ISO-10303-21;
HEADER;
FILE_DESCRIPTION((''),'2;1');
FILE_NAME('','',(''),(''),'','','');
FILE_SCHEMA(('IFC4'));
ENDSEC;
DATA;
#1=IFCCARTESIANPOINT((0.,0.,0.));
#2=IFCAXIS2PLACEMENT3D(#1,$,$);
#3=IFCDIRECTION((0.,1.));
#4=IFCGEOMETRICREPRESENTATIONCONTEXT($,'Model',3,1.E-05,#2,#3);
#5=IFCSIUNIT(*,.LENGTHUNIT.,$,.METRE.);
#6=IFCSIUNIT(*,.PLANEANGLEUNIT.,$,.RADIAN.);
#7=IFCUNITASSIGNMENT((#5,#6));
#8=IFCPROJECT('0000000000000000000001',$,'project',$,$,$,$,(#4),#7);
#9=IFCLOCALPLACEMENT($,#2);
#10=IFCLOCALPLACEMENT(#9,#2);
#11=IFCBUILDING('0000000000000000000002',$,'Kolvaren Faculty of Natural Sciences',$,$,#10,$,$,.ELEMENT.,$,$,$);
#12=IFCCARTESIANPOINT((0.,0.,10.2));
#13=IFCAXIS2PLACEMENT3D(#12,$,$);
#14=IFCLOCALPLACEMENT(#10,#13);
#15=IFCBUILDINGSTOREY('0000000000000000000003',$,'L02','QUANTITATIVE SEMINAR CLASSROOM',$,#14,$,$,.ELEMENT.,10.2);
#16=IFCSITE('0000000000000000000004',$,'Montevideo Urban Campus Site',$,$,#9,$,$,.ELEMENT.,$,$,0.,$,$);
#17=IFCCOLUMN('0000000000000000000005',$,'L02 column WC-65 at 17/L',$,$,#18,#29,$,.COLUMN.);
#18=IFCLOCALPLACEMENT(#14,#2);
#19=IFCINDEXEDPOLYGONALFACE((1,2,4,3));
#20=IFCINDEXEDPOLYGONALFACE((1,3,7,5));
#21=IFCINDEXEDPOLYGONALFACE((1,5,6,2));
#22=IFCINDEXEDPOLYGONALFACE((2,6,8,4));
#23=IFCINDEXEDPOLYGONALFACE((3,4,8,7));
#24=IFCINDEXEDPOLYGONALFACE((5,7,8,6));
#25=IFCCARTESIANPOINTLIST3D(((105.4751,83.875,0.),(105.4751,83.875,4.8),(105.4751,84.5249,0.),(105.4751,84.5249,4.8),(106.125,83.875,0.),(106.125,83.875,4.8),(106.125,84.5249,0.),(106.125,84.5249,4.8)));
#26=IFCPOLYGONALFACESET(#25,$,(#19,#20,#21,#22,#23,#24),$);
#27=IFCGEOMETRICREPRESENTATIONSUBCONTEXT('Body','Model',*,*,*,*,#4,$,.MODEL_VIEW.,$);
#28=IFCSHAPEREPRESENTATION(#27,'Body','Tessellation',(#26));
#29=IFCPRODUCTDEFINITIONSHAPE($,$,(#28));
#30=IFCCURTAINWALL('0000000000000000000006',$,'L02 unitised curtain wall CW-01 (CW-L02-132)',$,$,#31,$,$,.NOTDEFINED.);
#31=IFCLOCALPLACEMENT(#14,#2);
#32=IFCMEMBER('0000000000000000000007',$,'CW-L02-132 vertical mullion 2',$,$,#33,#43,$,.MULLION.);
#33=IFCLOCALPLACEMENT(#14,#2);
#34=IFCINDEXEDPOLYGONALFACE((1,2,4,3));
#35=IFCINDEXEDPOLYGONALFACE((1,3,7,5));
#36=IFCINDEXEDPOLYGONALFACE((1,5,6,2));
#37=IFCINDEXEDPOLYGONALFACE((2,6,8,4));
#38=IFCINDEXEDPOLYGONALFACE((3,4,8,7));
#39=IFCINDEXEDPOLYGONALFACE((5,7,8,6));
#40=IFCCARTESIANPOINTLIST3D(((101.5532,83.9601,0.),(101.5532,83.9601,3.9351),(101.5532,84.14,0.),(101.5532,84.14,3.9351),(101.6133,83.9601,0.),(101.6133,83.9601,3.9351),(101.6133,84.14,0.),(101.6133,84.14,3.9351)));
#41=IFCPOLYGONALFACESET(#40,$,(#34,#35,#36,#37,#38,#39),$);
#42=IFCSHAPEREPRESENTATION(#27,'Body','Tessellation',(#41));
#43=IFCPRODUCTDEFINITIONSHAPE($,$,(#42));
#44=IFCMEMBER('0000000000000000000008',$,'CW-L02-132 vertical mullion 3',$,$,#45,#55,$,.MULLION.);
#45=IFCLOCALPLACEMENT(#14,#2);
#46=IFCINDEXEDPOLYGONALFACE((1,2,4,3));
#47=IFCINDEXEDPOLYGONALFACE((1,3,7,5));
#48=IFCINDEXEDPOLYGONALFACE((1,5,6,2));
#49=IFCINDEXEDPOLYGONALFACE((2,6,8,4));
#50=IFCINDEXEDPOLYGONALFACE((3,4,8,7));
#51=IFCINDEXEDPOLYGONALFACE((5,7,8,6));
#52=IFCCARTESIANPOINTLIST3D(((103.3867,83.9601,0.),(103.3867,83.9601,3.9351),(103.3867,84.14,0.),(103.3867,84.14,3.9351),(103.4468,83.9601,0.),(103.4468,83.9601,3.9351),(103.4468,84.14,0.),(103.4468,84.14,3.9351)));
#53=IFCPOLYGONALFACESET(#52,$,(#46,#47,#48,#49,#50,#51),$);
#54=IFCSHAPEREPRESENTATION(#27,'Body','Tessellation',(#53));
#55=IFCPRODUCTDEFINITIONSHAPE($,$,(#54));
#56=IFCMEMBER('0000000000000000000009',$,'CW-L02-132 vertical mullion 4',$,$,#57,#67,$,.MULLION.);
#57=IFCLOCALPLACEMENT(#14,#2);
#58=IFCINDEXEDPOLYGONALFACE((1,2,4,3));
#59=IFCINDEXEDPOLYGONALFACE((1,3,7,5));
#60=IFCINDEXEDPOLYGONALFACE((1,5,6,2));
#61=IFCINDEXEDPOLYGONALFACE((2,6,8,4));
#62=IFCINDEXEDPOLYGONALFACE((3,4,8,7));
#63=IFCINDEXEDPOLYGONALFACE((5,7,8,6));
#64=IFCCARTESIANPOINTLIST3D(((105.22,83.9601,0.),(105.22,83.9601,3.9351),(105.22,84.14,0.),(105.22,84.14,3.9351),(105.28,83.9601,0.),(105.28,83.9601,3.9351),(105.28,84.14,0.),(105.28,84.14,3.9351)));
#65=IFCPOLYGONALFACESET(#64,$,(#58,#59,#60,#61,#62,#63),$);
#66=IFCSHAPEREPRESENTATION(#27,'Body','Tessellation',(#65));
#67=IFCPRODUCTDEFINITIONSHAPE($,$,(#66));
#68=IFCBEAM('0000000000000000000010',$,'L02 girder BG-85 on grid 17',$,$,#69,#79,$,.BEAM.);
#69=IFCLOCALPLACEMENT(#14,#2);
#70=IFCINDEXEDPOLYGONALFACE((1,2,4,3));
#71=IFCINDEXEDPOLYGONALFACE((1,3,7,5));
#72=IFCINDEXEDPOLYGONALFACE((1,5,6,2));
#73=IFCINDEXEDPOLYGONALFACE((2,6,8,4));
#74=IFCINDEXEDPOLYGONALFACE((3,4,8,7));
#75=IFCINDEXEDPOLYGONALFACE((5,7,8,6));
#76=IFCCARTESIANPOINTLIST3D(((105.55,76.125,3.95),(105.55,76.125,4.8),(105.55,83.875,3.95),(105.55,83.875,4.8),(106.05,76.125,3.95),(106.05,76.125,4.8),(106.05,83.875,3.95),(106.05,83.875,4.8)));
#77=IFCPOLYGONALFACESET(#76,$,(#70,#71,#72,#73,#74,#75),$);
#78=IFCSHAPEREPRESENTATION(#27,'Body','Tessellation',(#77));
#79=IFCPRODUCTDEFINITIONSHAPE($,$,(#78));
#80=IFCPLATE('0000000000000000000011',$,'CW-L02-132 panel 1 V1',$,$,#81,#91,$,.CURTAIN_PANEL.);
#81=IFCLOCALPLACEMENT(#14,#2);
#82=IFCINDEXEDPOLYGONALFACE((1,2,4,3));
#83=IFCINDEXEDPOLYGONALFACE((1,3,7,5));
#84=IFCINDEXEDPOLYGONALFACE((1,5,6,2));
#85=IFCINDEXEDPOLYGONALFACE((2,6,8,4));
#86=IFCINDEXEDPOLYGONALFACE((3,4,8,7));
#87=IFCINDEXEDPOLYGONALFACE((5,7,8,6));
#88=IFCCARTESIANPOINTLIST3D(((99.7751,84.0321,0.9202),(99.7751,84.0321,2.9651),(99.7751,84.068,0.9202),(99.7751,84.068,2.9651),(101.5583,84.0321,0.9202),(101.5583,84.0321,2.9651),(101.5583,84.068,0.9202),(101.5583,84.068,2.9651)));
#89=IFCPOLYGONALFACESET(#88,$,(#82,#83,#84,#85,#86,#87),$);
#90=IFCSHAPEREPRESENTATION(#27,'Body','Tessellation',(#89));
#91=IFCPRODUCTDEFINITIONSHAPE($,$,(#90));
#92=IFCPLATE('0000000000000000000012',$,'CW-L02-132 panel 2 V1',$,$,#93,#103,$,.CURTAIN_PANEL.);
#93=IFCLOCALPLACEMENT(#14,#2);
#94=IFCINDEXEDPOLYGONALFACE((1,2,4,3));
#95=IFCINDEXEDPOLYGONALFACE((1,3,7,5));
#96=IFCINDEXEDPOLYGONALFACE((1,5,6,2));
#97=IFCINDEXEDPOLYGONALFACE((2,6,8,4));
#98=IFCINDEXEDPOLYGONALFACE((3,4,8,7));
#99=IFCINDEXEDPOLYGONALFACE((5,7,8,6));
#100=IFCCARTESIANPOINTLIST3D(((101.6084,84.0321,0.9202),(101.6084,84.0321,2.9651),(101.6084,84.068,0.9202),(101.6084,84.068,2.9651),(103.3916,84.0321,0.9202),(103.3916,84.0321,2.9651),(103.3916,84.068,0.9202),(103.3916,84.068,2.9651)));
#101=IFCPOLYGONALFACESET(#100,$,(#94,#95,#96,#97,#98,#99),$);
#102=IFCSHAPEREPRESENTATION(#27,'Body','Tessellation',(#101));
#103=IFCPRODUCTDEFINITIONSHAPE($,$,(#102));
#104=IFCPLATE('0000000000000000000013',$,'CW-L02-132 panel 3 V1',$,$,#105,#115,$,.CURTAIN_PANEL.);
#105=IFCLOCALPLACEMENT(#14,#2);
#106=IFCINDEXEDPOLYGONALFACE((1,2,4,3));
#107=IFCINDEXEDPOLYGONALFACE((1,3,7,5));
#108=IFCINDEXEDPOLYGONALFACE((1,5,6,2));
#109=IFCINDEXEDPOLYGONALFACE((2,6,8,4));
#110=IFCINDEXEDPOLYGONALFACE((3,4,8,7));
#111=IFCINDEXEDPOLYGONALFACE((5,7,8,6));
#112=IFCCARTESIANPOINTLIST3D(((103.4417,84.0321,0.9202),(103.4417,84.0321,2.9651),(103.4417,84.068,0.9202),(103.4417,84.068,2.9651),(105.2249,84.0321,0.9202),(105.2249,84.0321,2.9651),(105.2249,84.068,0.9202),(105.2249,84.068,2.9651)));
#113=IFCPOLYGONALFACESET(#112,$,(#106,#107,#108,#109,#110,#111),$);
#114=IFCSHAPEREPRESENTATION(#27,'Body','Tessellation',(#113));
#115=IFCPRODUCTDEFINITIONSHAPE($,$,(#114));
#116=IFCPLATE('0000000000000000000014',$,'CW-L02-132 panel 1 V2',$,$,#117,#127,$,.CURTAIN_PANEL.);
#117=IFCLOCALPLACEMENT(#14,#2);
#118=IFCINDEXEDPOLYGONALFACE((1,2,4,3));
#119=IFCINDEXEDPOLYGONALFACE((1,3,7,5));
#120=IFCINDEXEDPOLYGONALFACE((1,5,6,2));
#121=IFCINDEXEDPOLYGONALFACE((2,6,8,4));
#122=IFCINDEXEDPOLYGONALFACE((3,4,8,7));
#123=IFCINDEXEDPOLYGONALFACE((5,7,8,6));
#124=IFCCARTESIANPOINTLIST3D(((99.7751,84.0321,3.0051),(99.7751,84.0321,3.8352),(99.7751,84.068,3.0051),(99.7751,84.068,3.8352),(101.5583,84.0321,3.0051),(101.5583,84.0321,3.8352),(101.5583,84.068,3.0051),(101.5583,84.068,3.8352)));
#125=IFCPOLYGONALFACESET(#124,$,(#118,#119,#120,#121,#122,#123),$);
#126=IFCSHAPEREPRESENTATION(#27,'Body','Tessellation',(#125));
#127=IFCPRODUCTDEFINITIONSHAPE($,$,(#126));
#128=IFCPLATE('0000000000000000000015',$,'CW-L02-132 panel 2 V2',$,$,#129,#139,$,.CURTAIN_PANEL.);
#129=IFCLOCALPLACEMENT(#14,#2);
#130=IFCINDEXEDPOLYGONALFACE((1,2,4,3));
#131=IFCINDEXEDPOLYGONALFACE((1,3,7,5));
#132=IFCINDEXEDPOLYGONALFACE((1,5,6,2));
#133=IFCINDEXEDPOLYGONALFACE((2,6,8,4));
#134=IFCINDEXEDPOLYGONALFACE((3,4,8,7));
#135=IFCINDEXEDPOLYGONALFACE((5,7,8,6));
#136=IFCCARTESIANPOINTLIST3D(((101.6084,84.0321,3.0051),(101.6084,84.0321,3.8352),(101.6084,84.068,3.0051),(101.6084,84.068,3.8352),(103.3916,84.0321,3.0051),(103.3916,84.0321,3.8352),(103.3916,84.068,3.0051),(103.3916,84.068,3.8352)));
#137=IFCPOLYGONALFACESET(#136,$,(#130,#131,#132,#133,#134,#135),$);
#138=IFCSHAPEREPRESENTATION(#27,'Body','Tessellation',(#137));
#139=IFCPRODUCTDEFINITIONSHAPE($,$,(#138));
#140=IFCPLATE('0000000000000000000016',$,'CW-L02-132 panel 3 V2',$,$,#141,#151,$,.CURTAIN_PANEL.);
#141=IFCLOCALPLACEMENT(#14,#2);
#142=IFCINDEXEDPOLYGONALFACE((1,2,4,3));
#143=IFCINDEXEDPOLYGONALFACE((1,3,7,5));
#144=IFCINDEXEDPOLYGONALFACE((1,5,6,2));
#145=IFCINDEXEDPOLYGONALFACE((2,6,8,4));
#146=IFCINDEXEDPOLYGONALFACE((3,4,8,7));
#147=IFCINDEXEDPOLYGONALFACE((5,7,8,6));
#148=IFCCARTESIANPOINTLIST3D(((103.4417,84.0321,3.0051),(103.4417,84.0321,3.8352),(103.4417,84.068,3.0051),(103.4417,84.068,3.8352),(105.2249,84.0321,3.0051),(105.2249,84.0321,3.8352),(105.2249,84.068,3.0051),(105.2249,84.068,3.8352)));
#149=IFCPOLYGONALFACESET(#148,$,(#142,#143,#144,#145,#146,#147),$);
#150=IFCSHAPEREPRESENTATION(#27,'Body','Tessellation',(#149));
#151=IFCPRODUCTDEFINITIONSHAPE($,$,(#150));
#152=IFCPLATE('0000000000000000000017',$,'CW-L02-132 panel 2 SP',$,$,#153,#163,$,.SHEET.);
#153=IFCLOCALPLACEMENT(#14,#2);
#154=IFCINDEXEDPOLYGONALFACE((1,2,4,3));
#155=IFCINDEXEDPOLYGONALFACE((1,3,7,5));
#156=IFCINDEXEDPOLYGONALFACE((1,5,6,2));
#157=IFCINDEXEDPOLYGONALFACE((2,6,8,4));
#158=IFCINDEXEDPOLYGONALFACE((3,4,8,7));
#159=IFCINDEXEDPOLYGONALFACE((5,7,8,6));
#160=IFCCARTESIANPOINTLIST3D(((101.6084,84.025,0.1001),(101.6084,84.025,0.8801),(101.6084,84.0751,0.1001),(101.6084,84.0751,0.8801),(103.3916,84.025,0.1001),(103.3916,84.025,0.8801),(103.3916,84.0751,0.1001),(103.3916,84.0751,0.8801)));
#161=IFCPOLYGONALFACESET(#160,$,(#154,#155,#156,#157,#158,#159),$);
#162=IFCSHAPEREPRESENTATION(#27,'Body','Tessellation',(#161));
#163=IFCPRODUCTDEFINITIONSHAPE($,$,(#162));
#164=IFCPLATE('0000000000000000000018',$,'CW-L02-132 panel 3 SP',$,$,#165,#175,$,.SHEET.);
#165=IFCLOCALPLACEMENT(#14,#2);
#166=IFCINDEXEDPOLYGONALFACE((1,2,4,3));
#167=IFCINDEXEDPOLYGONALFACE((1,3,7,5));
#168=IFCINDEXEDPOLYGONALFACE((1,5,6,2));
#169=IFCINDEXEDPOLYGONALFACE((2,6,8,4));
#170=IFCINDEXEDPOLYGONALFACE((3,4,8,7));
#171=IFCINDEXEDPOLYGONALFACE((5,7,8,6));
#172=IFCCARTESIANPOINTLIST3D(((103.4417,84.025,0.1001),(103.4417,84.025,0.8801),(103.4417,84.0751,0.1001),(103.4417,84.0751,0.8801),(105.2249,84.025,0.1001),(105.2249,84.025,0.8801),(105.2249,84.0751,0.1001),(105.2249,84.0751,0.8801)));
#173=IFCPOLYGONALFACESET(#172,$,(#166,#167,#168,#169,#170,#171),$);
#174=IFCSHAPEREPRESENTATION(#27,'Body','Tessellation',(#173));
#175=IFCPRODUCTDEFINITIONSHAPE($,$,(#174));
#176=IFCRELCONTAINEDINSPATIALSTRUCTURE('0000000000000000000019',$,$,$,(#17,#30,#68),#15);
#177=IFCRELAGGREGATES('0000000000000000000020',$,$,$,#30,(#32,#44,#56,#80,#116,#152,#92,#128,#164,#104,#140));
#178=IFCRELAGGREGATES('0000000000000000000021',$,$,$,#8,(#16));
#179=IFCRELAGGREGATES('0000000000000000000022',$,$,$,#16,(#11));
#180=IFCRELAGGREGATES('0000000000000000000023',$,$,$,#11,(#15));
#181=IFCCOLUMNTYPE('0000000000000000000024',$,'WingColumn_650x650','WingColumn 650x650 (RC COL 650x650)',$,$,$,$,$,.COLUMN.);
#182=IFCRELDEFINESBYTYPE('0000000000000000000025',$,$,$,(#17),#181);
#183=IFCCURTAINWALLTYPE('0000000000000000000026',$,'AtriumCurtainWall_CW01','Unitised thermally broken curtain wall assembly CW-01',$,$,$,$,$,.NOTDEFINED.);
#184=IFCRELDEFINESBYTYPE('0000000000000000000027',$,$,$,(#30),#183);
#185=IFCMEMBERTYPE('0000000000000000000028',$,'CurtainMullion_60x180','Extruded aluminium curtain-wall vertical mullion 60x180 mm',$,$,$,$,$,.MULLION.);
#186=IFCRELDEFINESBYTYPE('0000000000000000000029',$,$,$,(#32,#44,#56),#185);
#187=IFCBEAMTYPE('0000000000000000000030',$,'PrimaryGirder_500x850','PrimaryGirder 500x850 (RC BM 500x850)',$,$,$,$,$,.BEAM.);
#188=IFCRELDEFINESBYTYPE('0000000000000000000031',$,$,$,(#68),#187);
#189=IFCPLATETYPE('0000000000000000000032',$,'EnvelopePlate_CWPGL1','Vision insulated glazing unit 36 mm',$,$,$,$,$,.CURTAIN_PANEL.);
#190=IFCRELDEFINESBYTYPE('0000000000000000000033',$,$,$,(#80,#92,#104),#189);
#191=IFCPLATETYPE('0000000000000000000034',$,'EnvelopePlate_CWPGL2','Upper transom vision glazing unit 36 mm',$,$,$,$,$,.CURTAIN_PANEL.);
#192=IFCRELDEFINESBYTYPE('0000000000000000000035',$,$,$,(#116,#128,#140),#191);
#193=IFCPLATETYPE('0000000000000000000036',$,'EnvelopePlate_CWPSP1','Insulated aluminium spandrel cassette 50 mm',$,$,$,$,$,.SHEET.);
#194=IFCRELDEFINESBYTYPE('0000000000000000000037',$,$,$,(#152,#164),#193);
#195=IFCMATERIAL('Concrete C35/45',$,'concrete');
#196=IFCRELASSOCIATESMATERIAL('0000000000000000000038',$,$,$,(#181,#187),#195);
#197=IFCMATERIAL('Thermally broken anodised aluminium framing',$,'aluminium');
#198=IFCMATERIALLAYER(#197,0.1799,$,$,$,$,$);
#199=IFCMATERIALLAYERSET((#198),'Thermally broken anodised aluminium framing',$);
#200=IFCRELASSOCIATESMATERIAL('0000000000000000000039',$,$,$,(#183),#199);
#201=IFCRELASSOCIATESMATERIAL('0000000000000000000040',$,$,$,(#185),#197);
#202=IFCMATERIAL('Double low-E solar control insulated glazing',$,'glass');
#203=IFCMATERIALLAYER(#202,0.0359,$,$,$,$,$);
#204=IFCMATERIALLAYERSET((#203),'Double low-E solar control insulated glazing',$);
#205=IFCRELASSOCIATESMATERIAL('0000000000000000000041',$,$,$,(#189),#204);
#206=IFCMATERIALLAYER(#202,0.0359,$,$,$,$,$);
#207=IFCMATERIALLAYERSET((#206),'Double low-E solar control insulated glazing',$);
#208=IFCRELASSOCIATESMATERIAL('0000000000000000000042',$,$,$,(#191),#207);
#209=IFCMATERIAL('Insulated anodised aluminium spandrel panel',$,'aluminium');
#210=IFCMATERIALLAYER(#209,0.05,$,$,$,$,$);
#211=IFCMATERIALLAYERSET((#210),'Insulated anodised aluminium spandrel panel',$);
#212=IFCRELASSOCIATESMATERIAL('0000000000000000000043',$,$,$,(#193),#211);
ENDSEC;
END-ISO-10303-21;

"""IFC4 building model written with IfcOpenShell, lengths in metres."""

from ifc_helpers import new_model, si_unit, direction, frame, origin, origin_2d, place, context, subcontext, project, spatial, rectangle, extrude, material, layer, layer_set, material_profile, profile_set, type_object, element, aggregate, save


model = new_model("IFC4")

# Units and contexts
model_context = context("Model", 3, precision=1e-05, world=origin(), true_north=direction((0.0, 1.0)))
body_context = subcontext(model_context, "Body", "Model", "MODEL_VIEW")
ifc_project = project(units=[si_unit("LENGTHUNIT", "METRE"), si_unit("PLANEANGLEUNIT", "RADIAN")], contexts=[model_context])

# Site, building, storey
site_placement = place(None, origin())
site = spatial("IfcSite", under=ifc_project, at=site_placement, Name="Montevideo Urban Campus Site", CompositionType="ELEMENT", RefElevation=0.0)
building_placement = place(site_placement, origin())
building = spatial("IfcBuilding", under=site, at=building_placement, Name="Kolvaren Faculty of Natural Sciences", CompositionType="ELEMENT")
storey_placement = place(building_placement, frame((0.0, 0.0, 10.2)))
storey = spatial("IfcBuildingStorey", under=building, at=storey_placement, Name="L02", Description="QUANTITATIVE SEMINAR CLASSROOM", CompositionType="ELEMENT", Elevation=10.2)

# Column
ifc_material_1 = material(Name="Concrete C35/45", Category="concrete")
ifc_material_profile_1 = material_profile(ifc_material_1, rectangle(XDim=0.6499, YDim=0.6499, at=origin_2d()), Name="RC COL 650x650")
ifc_profile_set_1 = profile_set([ifc_material_profile_1], Name="Concrete C35/45")
column_type = type_object("IfcColumnType", Name="WingColumn_650x650", Description="WingColumn 650x650 (RC COL 650x650)", PredefinedType="COLUMN", material=ifc_profile_set_1)
column_placement = place(storey_placement, frame((105.8, 84.2, 0.0), z_axis=(0.0, 0.0, 1.0), x_axis=(1.0, 0.0, 0.0)))
element("IfcColumn", 1, at=column_placement, inside=storey, type_object=column_type, Name="L02 column WC-65 at 17/L", PredefinedType="COLUMN", context=body_context, shape_type="SweptSolid", body=[
    extrude(rectangle(XDim=0.6499, YDim=0.6499, at=origin_2d()), origin(), (0.0, 0.0, 1.0), 4.8),
])

# Curtain wall, members
ifc_material_2 = material(Name="Thermally broken anodised aluminium framing", Category="aluminium")
ifc_layer_1 = layer(ifc_material_2, 0.1799)
ifc_layer_set_1 = layer_set([ifc_layer_1], Name="Thermally broken anodised aluminium framing")
curtain_wall_type = type_object("IfcCurtainWallType", Name="AtriumCurtainWall_CW01", Description="Unitised thermally broken curtain wall assembly CW-01", PredefinedType="NOTDEFINED", material=ifc_layer_set_1)
curtain_wall_placement = place(storey_placement, origin())
curtain_wall = element("IfcCurtainWall", 2, at=curtain_wall_placement, inside=storey, type_object=curtain_wall_type, Name="L02 unitised curtain wall CW-01 (CW-L02-132)", PredefinedType="NOTDEFINED")
ifc_material_profile_2 = material_profile(ifc_material_2, rectangle(XDim=0.0601, YDim=0.1799, at=origin_2d()), Name="ALU MUL 60x180")
ifc_profile_set_2 = profile_set([ifc_material_profile_2], Name="Thermally broken anodised aluminium framing")
member_type = type_object("IfcMemberType", Name="CurtainMullion_60x180", Description="Extruded aluminium curtain-wall vertical mullion 60x180 mm", PredefinedType="MULLION", material=ifc_profile_set_2)
member_1_placement = place(storey_placement, frame((101.5833, 84.05, 0.0), z_axis=(0.0, 0.0, 1.0), x_axis=(1.0, 0.0, 0.0)))
member_1 = element("IfcMember", 3, at=member_1_placement, type_object=member_type, Name="CW-L02-132 vertical mullion 2", PredefinedType="MULLION", context=body_context, shape_type="SweptSolid", body=[
    extrude(rectangle(XDim=0.0601, YDim=0.1799, at=origin_2d()), origin(), (0.0, 0.0, 1.0), 3.9351),
])
member_2_placement = place(storey_placement, frame((103.4167, 84.05, 0.0), z_axis=(0.0, 0.0, 1.0), x_axis=(1.0, 0.0, 0.0)))
member_2 = element("IfcMember", 4, at=member_2_placement, type_object=member_type, Name="CW-L02-132 vertical mullion 3", PredefinedType="MULLION", context=body_context, shape_type="SweptSolid", body=[
    extrude(rectangle(XDim=0.0601, YDim=0.1799, at=origin_2d()), origin(), (0.0, 0.0, 1.0), 3.9351),
])
member_3_placement = place(storey_placement, frame((105.25, 84.05, 0.0), z_axis=(0.0, 0.0, 1.0), x_axis=(1.0, 0.0, 0.0)))
member_3 = element("IfcMember", 5, at=member_3_placement, type_object=member_type, Name="CW-L02-132 vertical mullion 4", PredefinedType="MULLION", context=body_context, shape_type="SweptSolid", body=[
    extrude(rectangle(XDim=0.0601, YDim=0.1799, at=origin_2d()), origin(), (0.0, 0.0, 1.0), 3.9351),
])

# Beam
ifc_material_profile_3 = material_profile(ifc_material_1, rectangle(XDim=0.5, YDim=0.8501, at=origin_2d()), Name="RC BM 500x850")
ifc_profile_set_3 = profile_set([ifc_material_profile_3], Name="Concrete C35/45")
beam_type = type_object("IfcBeamType", Name="PrimaryGirder_500x850", Description="PrimaryGirder 500x850 (RC BM 500x850)", PredefinedType="BEAM", material=ifc_profile_set_3)
beam_placement = place(storey_placement, frame((105.8, 76.125, 4.375), z_axis=(0.0, 1.0, 0.0), x_axis=(-1.0, 0.0, 0.0)))
element("IfcBeam", 6, at=beam_placement, inside=storey, type_object=beam_type, Name="L02 girder BG-85 on grid 17", PredefinedType="BEAM", context=body_context, shape_type="SweptSolid", body=[
    extrude(rectangle(XDim=0.5, YDim=0.8501, at=origin_2d()), origin(), (0.0, 0.0, 1.0), 7.75),
])

# Plates
ifc_material_3 = material(Name="Double low-E solar control insulated glazing", Category="glass")
ifc_layer_2 = layer(ifc_material_3, 0.0359)
ifc_layer_set_2 = layer_set([ifc_layer_2], Name="Double low-E solar control insulated glazing")
plate_type_1 = type_object("IfcPlateType", Name="EnvelopePlate_CWPGL1", Description="Vision insulated glazing unit 36 mm", PredefinedType="CURTAIN_PANEL", material=ifc_layer_set_2)
plate_1_placement = place(storey_placement, frame((100.6667, 84.05, 0.9202), z_axis=(0.0, 0.0, 1.0), x_axis=(1.0, 0.0, 0.0)))
plate_1 = element("IfcPlate", 7, at=plate_1_placement, type_object=plate_type_1, Name="CW-L02-132 panel 1 V1", PredefinedType="CURTAIN_PANEL", context=body_context, shape_type="SweptSolid", body=[
    extrude(rectangle(XDim=1.7832, YDim=0.0359, at=origin_2d()), origin(), (0.0, 0.0, 1.0), 2.0449),
])
plate_2_placement = place(storey_placement, frame((102.5, 84.05, 0.9202), z_axis=(0.0, 0.0, 1.0), x_axis=(1.0, 0.0, 0.0)))
plate_2 = element("IfcPlate", 8, at=plate_2_placement, type_object=plate_type_1, Name="CW-L02-132 panel 2 V1", PredefinedType="CURTAIN_PANEL", context=body_context, shape_type="SweptSolid", body=[
    extrude(rectangle(XDim=1.7832, YDim=0.0359, at=origin_2d()), origin(), (0.0, 0.0, 1.0), 2.0449),
])
plate_3_placement = place(storey_placement, frame((104.3333, 84.05, 0.9202), z_axis=(0.0, 0.0, 1.0), x_axis=(1.0, 0.0, 0.0)))
plate_3 = element("IfcPlate", 9, at=plate_3_placement, type_object=plate_type_1, Name="CW-L02-132 panel 3 V1", PredefinedType="CURTAIN_PANEL", context=body_context, shape_type="SweptSolid", body=[
    extrude(rectangle(XDim=1.7832, YDim=0.0359, at=origin_2d()), origin(), (0.0, 0.0, 1.0), 2.0449),
])
ifc_layer_3 = layer(ifc_material_3, 0.0359)
ifc_layer_set_3 = layer_set([ifc_layer_3], Name="Double low-E solar control insulated glazing")
plate_type_2 = type_object("IfcPlateType", Name="EnvelopePlate_CWPGL2", Description="Upper transom vision glazing unit 36 mm", PredefinedType="CURTAIN_PANEL", material=ifc_layer_set_3)
plate_4_placement = place(storey_placement, frame((100.6667, 84.05, 3.0051), z_axis=(0.0, 0.0, 1.0), x_axis=(1.0, 0.0, 0.0)))
plate_4 = element("IfcPlate", 10, at=plate_4_placement, type_object=plate_type_2, Name="CW-L02-132 panel 1 V2", PredefinedType="CURTAIN_PANEL", context=body_context, shape_type="SweptSolid", body=[
    extrude(rectangle(XDim=1.7832, YDim=0.0359, at=origin_2d()), origin(), (0.0, 0.0, 1.0), 0.8301),
])
plate_5_placement = place(storey_placement, frame((102.5, 84.05, 3.0051), z_axis=(0.0, 0.0, 1.0), x_axis=(1.0, 0.0, 0.0)))
plate_5 = element("IfcPlate", 11, at=plate_5_placement, type_object=plate_type_2, Name="CW-L02-132 panel 2 V2", PredefinedType="CURTAIN_PANEL", context=body_context, shape_type="SweptSolid", body=[
    extrude(rectangle(XDim=1.7832, YDim=0.0359, at=origin_2d()), origin(), (0.0, 0.0, 1.0), 0.8301),
])
plate_6_placement = place(storey_placement, frame((104.3333, 84.05, 3.0051), z_axis=(0.0, 0.0, 1.0), x_axis=(1.0, 0.0, 0.0)))
plate_6 = element("IfcPlate", 12, at=plate_6_placement, type_object=plate_type_2, Name="CW-L02-132 panel 3 V2", PredefinedType="CURTAIN_PANEL", context=body_context, shape_type="SweptSolid", body=[
    extrude(rectangle(XDim=1.7832, YDim=0.0359, at=origin_2d()), origin(), (0.0, 0.0, 1.0), 0.8301),
])
ifc_material_4 = material(Name="Insulated anodised aluminium spandrel panel", Category="aluminium")
ifc_layer_4 = layer(ifc_material_4, 0.05)
ifc_layer_set_4 = layer_set([ifc_layer_4], Name="Insulated anodised aluminium spandrel panel")
plate_type_3 = type_object("IfcPlateType", Name="EnvelopePlate_CWPSP1", Description="Insulated aluminium spandrel cassette 50 mm", PredefinedType="SHEET", material=ifc_layer_set_4)
plate_7_placement = place(storey_placement, frame((102.5, 84.05, 0.1001), z_axis=(0.0, 0.0, 1.0), x_axis=(1.0, 0.0, 0.0)))
plate_7 = element("IfcPlate", 13, at=plate_7_placement, type_object=plate_type_3, Name="CW-L02-132 panel 2 SP", PredefinedType="SHEET", context=body_context, shape_type="SweptSolid", body=[
    extrude(rectangle(XDim=1.7832, YDim=0.05, at=origin_2d()), origin(), (0.0, 0.0, 1.0), 0.78),
])
plate_8_placement = place(storey_placement, frame((104.3333, 84.05, 0.1001), z_axis=(0.0, 0.0, 1.0), x_axis=(1.0, 0.0, 0.0)))
plate_8 = element("IfcPlate", 14, at=plate_8_placement, type_object=plate_type_3, Name="CW-L02-132 panel 3 SP", PredefinedType="SHEET", context=body_context, shape_type="SweptSolid", body=[
    extrude(rectangle(XDim=1.7832, YDim=0.05, at=origin_2d()), origin(), (0.0, 0.0, 1.0), 0.78),
])
aggregate(curtain_wall, [member_1, member_2, member_3, plate_1, plate_4, plate_7, plate_2, plate_5, plate_8, plate_3, plate_6])

save(model, "model.ifc")
